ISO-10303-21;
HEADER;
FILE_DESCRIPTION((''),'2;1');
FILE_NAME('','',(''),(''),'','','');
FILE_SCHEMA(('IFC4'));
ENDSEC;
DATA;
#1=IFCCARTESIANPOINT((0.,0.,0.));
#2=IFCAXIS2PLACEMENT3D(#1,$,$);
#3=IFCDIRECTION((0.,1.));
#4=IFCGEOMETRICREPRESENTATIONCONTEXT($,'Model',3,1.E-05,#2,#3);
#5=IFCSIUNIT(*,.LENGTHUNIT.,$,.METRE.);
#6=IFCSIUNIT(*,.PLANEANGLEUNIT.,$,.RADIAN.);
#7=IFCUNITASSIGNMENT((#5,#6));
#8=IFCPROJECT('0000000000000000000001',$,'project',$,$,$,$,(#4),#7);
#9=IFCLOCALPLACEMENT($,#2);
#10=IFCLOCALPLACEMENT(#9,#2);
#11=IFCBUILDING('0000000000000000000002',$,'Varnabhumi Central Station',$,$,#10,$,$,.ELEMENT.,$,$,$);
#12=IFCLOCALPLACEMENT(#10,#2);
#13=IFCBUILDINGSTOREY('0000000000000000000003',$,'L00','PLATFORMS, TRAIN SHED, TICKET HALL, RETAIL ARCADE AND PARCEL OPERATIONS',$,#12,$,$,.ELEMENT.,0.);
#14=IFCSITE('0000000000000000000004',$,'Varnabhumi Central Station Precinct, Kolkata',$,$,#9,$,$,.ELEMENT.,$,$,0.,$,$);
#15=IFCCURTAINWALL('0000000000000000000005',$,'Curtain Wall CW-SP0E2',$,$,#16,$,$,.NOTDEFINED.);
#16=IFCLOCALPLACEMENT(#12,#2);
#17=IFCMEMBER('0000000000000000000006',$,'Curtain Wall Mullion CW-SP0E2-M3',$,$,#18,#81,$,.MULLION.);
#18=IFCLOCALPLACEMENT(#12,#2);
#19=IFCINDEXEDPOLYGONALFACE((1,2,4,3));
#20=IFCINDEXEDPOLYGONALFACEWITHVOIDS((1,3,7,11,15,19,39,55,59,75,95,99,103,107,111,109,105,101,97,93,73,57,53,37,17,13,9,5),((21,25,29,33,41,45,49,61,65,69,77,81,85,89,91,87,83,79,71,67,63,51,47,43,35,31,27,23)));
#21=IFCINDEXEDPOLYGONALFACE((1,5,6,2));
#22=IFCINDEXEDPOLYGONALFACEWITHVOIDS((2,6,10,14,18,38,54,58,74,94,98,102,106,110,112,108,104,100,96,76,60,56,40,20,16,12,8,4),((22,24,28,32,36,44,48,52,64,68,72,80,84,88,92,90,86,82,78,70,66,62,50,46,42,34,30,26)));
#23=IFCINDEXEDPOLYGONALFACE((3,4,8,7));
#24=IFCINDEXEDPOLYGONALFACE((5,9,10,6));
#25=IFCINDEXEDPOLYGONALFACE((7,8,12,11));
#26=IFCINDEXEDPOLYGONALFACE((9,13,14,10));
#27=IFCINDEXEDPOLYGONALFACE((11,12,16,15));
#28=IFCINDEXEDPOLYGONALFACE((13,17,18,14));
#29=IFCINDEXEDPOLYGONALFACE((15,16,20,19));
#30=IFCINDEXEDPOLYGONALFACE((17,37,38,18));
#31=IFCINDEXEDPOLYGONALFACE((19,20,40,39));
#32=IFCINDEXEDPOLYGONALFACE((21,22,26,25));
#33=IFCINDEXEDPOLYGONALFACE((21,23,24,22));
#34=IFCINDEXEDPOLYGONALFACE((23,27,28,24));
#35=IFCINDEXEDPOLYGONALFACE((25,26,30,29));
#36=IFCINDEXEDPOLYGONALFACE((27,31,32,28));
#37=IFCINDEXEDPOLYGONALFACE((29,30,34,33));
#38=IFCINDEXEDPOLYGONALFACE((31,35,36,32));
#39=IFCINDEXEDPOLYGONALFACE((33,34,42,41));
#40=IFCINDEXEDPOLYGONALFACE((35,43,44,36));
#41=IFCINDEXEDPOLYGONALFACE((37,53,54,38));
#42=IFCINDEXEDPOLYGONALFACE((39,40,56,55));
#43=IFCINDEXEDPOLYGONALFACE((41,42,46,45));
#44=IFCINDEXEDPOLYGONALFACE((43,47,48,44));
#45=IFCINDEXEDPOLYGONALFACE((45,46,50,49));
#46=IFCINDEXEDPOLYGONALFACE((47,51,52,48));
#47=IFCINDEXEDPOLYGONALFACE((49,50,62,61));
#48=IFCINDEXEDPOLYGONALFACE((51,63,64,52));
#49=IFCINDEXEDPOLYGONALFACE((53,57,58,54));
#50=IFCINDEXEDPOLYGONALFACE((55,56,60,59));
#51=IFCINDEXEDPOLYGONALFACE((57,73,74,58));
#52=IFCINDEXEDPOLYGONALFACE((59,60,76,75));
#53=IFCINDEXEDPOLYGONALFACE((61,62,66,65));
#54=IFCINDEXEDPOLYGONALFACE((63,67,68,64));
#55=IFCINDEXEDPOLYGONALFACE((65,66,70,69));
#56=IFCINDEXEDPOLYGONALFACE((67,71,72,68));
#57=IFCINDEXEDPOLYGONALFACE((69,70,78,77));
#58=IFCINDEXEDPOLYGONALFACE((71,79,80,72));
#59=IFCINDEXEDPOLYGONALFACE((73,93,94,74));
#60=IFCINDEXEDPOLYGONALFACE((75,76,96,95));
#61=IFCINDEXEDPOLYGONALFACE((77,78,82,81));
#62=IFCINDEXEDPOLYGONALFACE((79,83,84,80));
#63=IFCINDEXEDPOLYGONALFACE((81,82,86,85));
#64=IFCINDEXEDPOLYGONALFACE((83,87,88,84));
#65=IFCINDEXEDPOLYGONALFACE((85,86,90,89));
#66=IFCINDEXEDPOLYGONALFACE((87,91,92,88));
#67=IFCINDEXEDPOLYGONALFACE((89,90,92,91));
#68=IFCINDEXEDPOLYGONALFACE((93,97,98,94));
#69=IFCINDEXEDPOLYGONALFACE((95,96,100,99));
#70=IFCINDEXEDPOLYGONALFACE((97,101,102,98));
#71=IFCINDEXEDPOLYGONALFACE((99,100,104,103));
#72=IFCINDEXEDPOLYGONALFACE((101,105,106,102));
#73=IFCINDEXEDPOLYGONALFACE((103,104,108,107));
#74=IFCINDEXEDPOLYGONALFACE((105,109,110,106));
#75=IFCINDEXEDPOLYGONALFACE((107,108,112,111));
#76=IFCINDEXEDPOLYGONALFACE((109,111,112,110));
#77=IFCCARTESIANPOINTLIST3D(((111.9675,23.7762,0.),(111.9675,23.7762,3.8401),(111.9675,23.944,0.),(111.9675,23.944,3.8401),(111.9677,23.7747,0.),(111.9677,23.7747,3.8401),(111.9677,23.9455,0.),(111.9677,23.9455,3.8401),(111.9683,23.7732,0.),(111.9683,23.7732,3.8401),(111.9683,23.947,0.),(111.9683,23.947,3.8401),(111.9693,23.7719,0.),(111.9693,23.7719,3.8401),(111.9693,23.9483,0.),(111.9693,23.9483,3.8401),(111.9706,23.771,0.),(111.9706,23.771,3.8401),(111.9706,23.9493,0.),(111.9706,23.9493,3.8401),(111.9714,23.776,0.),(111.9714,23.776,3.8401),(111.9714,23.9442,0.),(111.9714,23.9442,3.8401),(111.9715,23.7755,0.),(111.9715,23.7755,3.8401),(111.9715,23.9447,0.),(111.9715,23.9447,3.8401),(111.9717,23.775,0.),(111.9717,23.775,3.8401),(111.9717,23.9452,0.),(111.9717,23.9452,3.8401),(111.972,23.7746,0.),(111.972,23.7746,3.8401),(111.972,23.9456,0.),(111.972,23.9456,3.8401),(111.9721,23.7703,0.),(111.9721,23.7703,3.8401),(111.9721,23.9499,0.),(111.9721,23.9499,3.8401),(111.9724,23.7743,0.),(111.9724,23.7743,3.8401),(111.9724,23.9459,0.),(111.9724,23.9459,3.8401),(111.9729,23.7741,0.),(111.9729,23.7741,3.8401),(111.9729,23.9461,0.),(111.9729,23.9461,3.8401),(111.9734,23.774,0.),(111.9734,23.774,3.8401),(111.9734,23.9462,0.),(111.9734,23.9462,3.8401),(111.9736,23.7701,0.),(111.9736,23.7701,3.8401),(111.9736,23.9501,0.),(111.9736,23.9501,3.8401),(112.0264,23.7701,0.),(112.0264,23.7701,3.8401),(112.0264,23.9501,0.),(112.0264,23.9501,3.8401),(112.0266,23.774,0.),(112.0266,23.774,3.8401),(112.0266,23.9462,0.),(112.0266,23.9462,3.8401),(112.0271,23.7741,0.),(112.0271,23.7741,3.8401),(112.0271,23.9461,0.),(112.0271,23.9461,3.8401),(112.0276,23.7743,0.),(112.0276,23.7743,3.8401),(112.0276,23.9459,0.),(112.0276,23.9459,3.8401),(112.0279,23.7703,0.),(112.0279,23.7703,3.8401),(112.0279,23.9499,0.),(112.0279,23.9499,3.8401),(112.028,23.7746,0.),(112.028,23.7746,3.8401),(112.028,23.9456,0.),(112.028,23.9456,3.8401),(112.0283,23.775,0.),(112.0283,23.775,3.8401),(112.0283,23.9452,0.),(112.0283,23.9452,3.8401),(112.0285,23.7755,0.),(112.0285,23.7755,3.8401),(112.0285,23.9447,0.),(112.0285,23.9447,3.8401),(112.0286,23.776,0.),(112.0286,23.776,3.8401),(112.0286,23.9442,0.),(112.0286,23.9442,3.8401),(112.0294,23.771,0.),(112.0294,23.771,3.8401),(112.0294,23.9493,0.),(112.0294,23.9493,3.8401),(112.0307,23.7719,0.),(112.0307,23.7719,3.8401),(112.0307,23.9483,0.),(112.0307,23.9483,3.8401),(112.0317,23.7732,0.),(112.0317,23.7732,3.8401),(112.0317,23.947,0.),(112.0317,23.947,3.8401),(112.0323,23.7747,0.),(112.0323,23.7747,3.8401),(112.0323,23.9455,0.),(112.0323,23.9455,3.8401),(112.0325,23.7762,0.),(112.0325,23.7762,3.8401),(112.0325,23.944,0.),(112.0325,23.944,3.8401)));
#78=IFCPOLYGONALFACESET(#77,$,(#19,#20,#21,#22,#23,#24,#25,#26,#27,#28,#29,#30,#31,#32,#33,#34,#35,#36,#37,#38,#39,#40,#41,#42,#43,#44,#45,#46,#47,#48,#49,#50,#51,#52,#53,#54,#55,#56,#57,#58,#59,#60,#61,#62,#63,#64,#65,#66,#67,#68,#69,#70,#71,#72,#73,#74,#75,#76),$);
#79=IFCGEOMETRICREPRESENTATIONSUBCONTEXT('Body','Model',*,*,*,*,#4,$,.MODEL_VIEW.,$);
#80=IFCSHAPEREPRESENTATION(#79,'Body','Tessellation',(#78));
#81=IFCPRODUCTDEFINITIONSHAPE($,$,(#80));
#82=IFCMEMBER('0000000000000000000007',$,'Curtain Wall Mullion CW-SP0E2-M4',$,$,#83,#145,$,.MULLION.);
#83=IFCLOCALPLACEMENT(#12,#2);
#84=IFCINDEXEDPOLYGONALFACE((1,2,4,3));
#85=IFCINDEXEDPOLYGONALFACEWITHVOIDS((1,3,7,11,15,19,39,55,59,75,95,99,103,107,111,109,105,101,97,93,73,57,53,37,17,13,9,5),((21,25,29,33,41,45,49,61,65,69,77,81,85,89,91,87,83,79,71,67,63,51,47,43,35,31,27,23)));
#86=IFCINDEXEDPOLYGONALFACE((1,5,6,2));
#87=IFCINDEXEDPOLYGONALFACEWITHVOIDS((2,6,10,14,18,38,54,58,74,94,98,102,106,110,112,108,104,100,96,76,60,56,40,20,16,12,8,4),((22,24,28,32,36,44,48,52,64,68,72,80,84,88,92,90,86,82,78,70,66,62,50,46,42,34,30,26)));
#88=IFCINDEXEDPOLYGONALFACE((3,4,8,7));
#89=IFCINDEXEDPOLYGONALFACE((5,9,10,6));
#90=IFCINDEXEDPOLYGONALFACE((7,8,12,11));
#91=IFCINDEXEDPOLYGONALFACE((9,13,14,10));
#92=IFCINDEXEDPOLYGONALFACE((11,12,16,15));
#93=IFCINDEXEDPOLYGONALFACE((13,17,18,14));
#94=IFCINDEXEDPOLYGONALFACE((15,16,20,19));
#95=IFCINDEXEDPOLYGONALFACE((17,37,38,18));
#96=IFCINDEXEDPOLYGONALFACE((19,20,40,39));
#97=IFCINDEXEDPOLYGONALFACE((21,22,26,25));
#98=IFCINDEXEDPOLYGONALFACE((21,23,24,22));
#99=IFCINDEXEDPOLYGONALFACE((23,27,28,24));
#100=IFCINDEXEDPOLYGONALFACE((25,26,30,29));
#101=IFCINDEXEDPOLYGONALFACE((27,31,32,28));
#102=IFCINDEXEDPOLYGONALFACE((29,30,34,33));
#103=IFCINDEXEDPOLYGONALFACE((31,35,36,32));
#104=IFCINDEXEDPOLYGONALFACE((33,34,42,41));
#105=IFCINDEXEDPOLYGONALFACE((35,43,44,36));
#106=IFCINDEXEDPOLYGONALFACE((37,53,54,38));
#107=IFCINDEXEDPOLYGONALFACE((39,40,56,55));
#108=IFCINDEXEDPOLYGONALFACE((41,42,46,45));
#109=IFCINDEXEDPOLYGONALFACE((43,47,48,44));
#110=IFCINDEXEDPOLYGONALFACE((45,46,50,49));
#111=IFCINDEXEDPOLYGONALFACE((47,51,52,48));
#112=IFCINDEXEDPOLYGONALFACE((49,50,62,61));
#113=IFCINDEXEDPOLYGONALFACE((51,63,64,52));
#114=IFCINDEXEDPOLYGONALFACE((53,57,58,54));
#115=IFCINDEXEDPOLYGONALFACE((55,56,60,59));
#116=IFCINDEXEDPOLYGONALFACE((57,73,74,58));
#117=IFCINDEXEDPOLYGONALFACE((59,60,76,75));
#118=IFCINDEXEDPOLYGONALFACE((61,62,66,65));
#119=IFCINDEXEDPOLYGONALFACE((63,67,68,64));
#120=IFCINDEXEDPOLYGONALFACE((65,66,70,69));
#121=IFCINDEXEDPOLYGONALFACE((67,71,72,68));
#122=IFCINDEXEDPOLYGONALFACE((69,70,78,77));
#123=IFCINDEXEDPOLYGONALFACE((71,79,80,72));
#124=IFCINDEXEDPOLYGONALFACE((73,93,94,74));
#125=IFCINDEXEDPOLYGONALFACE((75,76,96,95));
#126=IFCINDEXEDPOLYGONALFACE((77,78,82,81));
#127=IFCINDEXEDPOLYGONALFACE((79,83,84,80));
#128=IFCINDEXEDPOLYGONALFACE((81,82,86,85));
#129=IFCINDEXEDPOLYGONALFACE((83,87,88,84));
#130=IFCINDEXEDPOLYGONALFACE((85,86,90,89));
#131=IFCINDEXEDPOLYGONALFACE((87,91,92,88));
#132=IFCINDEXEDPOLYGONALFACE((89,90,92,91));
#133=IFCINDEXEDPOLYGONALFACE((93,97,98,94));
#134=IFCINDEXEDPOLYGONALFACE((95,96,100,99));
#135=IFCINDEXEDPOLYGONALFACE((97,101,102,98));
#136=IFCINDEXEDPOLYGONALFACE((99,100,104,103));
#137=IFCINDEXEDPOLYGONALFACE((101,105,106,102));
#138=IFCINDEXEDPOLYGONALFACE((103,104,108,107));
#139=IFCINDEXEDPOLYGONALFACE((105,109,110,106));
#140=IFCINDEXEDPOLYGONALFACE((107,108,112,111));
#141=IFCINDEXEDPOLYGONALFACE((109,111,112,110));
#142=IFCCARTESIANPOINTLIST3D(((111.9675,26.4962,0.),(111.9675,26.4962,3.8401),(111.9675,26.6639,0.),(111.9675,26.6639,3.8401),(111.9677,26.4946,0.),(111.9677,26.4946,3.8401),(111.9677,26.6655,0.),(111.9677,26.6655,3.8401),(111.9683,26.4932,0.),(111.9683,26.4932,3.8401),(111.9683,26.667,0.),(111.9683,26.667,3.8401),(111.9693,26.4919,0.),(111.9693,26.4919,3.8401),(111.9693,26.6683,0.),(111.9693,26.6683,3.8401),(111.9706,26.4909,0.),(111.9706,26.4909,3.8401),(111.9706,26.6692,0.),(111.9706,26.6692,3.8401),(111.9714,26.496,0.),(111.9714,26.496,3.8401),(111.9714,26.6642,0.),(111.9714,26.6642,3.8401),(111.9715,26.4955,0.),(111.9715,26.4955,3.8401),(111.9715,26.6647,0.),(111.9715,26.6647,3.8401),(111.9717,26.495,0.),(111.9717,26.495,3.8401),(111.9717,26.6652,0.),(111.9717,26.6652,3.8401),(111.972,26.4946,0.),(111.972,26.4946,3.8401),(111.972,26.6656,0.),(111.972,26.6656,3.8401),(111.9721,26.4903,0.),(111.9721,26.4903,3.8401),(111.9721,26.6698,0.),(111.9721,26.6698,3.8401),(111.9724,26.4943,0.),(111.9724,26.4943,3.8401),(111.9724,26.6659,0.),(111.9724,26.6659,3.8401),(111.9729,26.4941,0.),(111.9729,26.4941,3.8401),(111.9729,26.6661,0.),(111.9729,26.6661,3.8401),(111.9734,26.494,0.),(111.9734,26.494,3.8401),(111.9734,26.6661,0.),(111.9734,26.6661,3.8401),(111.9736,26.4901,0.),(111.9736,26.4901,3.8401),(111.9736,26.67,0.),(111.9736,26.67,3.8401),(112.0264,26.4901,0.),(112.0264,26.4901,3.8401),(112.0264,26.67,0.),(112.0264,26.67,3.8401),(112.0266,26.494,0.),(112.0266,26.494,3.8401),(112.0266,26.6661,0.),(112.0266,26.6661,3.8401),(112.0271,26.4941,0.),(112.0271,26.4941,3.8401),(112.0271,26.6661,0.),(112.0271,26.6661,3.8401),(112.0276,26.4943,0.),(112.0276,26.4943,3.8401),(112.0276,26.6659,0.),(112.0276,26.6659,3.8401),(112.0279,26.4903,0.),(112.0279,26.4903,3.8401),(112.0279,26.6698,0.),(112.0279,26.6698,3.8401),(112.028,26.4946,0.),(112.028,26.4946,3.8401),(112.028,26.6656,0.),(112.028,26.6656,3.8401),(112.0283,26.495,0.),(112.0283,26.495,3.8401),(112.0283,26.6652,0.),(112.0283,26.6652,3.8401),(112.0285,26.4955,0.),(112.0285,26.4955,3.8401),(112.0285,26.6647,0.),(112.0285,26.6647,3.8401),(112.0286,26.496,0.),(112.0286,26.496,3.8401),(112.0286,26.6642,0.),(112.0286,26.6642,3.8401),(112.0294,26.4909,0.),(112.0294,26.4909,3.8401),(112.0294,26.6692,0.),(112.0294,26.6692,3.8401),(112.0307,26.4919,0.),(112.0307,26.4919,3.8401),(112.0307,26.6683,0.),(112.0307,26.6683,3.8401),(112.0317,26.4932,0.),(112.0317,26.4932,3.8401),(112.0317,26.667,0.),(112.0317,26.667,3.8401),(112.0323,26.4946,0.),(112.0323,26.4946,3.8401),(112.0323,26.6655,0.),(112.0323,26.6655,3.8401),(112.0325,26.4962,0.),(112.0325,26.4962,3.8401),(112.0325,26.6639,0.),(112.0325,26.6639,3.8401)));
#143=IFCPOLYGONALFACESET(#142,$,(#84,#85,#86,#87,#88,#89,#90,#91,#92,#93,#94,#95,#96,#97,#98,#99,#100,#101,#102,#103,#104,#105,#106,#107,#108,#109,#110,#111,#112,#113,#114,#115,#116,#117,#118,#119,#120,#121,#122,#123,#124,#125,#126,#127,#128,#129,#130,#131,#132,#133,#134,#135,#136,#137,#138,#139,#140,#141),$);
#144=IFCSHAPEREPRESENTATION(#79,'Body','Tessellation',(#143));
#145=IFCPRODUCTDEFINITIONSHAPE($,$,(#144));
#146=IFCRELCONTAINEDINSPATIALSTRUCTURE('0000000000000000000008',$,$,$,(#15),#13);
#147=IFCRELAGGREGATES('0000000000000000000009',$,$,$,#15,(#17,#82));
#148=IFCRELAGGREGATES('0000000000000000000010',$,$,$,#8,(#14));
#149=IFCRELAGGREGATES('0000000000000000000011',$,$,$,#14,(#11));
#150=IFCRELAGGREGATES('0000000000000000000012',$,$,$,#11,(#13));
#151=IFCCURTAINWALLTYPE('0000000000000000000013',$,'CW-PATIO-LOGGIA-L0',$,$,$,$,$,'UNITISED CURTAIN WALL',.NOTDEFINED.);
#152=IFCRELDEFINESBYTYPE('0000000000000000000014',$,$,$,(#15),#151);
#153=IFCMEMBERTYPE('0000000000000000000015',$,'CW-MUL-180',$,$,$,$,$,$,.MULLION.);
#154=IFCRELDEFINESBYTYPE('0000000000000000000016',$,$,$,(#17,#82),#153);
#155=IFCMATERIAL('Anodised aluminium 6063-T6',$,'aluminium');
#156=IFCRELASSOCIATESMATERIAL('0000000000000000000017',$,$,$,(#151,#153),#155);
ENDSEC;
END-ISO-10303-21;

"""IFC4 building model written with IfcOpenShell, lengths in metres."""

from ifc_helpers import new_model, si_unit, direction, frame, origin, origin_2d, place, context, subcontext, project, spatial, hollow_rectangle, extrude, material, material_profile, profile_set, type_object, element, aggregate, save


model = new_model("IFC4")

# Units and contexts
model_context = context("Model", 3, precision=1e-05, world=origin(), true_north=direction((0.0, 1.0)))
body_context = subcontext(model_context, "Body", "Model", "MODEL_VIEW")
ifc_project = project(units=[si_unit("LENGTHUNIT", "METRE"), si_unit("PLANEANGLEUNIT", "RADIAN")], contexts=[model_context])

# Site, building, storey
site_placement = place(None, origin())
site = spatial("IfcSite", under=ifc_project, at=site_placement, Name="Varnabhumi Central Station Precinct, Kolkata", CompositionType="ELEMENT", RefElevation=0.0)
building_placement = place(site_placement, origin())
building = spatial("IfcBuilding", under=site, at=building_placement, Name="Varnabhumi Central Station", CompositionType="ELEMENT")
storey_placement = place(building_placement, origin())
storey = spatial("IfcBuildingStorey", under=building, at=storey_placement, Name="L00", Description="PLATFORMS, TRAIN SHED, TICKET HALL, RETAIL ARCADE AND PARCEL OPERATIONS", CompositionType="ELEMENT", Elevation=0.0)

# Curtain wall, members
ifc_material_1 = material(Name="Anodised aluminium 6063-T6", Category="aluminium")
curtain_wall_type = type_object("IfcCurtainWallType", Name="CW-PATIO-LOGGIA-L0", ElementType="UNITISED CURTAIN WALL", PredefinedType="NOTDEFINED", material=ifc_material_1)
curtain_wall_1_placement = place(storey_placement, origin())
curtain_wall_1 = element("IfcCurtainWall", 1, at=curtain_wall_1_placement, inside=storey, type_object=curtain_wall_type, Name="Curtain Wall CW-SP0E2", PredefinedType="NOTDEFINED")
ifc_material_profile_1 = material_profile(ifc_material_1, hollow_rectangle(XDim=0.0649, YDim=0.1799, WallThickness=0.0039, InnerFilletRadius=0.002, OuterFilletRadius=0.0061, at=origin_2d()), Name="Anodised aluminium 6063-T6", Category="aluminium")
ifc_profile_set_1 = profile_set([ifc_material_profile_1], Name="Anodised aluminium 6063-T6")
member_type_1 = type_object("IfcMemberType", Name="CW-MUL-180", PredefinedType="MULLION", material=ifc_profile_set_1)
member_1_placement = place(storey_placement, frame((112.0, 23.8601, 0.0), z_axis=(0.0, 0.0, 1.0), x_axis=(1.0, 0.0, 0.0)))
member_1 = element("IfcMember", 2, at=member_1_placement, type_object=member_type_1, Name="Curtain Wall Mullion CW-SP0E2-M3", PredefinedType="MULLION", context=body_context, shape_type="SweptSolid", body=[
    extrude(hollow_rectangle(XDim=0.0649, YDim=0.1799, WallThickness=0.0039, InnerFilletRadius=0.002, OuterFilletRadius=0.0061, at=origin_2d()), origin(), (0.0, 0.0, 1.0), 3.8401),
])
member_2_placement = place(storey_placement, frame((112.0, 26.5801, 0.0), z_axis=(0.0, 0.0, 1.0), x_axis=(1.0, 0.0, 0.0)))
member_2 = element("IfcMember", 3, at=member_2_placement, type_object=member_type_1, Name="Curtain Wall Mullion CW-SP0E2-M4", PredefinedType="MULLION", context=body_context, shape_type="SweptSolid", body=[
    extrude(hollow_rectangle(XDim=0.0649, YDim=0.1799, WallThickness=0.0039, InnerFilletRadius=0.002, OuterFilletRadius=0.0061, at=origin_2d()), origin(), (0.0, 0.0, 1.0), 3.8401),
])

aggregate(curtain_wall_1, [member_1, member_2])

save(model, "model.ifc")
